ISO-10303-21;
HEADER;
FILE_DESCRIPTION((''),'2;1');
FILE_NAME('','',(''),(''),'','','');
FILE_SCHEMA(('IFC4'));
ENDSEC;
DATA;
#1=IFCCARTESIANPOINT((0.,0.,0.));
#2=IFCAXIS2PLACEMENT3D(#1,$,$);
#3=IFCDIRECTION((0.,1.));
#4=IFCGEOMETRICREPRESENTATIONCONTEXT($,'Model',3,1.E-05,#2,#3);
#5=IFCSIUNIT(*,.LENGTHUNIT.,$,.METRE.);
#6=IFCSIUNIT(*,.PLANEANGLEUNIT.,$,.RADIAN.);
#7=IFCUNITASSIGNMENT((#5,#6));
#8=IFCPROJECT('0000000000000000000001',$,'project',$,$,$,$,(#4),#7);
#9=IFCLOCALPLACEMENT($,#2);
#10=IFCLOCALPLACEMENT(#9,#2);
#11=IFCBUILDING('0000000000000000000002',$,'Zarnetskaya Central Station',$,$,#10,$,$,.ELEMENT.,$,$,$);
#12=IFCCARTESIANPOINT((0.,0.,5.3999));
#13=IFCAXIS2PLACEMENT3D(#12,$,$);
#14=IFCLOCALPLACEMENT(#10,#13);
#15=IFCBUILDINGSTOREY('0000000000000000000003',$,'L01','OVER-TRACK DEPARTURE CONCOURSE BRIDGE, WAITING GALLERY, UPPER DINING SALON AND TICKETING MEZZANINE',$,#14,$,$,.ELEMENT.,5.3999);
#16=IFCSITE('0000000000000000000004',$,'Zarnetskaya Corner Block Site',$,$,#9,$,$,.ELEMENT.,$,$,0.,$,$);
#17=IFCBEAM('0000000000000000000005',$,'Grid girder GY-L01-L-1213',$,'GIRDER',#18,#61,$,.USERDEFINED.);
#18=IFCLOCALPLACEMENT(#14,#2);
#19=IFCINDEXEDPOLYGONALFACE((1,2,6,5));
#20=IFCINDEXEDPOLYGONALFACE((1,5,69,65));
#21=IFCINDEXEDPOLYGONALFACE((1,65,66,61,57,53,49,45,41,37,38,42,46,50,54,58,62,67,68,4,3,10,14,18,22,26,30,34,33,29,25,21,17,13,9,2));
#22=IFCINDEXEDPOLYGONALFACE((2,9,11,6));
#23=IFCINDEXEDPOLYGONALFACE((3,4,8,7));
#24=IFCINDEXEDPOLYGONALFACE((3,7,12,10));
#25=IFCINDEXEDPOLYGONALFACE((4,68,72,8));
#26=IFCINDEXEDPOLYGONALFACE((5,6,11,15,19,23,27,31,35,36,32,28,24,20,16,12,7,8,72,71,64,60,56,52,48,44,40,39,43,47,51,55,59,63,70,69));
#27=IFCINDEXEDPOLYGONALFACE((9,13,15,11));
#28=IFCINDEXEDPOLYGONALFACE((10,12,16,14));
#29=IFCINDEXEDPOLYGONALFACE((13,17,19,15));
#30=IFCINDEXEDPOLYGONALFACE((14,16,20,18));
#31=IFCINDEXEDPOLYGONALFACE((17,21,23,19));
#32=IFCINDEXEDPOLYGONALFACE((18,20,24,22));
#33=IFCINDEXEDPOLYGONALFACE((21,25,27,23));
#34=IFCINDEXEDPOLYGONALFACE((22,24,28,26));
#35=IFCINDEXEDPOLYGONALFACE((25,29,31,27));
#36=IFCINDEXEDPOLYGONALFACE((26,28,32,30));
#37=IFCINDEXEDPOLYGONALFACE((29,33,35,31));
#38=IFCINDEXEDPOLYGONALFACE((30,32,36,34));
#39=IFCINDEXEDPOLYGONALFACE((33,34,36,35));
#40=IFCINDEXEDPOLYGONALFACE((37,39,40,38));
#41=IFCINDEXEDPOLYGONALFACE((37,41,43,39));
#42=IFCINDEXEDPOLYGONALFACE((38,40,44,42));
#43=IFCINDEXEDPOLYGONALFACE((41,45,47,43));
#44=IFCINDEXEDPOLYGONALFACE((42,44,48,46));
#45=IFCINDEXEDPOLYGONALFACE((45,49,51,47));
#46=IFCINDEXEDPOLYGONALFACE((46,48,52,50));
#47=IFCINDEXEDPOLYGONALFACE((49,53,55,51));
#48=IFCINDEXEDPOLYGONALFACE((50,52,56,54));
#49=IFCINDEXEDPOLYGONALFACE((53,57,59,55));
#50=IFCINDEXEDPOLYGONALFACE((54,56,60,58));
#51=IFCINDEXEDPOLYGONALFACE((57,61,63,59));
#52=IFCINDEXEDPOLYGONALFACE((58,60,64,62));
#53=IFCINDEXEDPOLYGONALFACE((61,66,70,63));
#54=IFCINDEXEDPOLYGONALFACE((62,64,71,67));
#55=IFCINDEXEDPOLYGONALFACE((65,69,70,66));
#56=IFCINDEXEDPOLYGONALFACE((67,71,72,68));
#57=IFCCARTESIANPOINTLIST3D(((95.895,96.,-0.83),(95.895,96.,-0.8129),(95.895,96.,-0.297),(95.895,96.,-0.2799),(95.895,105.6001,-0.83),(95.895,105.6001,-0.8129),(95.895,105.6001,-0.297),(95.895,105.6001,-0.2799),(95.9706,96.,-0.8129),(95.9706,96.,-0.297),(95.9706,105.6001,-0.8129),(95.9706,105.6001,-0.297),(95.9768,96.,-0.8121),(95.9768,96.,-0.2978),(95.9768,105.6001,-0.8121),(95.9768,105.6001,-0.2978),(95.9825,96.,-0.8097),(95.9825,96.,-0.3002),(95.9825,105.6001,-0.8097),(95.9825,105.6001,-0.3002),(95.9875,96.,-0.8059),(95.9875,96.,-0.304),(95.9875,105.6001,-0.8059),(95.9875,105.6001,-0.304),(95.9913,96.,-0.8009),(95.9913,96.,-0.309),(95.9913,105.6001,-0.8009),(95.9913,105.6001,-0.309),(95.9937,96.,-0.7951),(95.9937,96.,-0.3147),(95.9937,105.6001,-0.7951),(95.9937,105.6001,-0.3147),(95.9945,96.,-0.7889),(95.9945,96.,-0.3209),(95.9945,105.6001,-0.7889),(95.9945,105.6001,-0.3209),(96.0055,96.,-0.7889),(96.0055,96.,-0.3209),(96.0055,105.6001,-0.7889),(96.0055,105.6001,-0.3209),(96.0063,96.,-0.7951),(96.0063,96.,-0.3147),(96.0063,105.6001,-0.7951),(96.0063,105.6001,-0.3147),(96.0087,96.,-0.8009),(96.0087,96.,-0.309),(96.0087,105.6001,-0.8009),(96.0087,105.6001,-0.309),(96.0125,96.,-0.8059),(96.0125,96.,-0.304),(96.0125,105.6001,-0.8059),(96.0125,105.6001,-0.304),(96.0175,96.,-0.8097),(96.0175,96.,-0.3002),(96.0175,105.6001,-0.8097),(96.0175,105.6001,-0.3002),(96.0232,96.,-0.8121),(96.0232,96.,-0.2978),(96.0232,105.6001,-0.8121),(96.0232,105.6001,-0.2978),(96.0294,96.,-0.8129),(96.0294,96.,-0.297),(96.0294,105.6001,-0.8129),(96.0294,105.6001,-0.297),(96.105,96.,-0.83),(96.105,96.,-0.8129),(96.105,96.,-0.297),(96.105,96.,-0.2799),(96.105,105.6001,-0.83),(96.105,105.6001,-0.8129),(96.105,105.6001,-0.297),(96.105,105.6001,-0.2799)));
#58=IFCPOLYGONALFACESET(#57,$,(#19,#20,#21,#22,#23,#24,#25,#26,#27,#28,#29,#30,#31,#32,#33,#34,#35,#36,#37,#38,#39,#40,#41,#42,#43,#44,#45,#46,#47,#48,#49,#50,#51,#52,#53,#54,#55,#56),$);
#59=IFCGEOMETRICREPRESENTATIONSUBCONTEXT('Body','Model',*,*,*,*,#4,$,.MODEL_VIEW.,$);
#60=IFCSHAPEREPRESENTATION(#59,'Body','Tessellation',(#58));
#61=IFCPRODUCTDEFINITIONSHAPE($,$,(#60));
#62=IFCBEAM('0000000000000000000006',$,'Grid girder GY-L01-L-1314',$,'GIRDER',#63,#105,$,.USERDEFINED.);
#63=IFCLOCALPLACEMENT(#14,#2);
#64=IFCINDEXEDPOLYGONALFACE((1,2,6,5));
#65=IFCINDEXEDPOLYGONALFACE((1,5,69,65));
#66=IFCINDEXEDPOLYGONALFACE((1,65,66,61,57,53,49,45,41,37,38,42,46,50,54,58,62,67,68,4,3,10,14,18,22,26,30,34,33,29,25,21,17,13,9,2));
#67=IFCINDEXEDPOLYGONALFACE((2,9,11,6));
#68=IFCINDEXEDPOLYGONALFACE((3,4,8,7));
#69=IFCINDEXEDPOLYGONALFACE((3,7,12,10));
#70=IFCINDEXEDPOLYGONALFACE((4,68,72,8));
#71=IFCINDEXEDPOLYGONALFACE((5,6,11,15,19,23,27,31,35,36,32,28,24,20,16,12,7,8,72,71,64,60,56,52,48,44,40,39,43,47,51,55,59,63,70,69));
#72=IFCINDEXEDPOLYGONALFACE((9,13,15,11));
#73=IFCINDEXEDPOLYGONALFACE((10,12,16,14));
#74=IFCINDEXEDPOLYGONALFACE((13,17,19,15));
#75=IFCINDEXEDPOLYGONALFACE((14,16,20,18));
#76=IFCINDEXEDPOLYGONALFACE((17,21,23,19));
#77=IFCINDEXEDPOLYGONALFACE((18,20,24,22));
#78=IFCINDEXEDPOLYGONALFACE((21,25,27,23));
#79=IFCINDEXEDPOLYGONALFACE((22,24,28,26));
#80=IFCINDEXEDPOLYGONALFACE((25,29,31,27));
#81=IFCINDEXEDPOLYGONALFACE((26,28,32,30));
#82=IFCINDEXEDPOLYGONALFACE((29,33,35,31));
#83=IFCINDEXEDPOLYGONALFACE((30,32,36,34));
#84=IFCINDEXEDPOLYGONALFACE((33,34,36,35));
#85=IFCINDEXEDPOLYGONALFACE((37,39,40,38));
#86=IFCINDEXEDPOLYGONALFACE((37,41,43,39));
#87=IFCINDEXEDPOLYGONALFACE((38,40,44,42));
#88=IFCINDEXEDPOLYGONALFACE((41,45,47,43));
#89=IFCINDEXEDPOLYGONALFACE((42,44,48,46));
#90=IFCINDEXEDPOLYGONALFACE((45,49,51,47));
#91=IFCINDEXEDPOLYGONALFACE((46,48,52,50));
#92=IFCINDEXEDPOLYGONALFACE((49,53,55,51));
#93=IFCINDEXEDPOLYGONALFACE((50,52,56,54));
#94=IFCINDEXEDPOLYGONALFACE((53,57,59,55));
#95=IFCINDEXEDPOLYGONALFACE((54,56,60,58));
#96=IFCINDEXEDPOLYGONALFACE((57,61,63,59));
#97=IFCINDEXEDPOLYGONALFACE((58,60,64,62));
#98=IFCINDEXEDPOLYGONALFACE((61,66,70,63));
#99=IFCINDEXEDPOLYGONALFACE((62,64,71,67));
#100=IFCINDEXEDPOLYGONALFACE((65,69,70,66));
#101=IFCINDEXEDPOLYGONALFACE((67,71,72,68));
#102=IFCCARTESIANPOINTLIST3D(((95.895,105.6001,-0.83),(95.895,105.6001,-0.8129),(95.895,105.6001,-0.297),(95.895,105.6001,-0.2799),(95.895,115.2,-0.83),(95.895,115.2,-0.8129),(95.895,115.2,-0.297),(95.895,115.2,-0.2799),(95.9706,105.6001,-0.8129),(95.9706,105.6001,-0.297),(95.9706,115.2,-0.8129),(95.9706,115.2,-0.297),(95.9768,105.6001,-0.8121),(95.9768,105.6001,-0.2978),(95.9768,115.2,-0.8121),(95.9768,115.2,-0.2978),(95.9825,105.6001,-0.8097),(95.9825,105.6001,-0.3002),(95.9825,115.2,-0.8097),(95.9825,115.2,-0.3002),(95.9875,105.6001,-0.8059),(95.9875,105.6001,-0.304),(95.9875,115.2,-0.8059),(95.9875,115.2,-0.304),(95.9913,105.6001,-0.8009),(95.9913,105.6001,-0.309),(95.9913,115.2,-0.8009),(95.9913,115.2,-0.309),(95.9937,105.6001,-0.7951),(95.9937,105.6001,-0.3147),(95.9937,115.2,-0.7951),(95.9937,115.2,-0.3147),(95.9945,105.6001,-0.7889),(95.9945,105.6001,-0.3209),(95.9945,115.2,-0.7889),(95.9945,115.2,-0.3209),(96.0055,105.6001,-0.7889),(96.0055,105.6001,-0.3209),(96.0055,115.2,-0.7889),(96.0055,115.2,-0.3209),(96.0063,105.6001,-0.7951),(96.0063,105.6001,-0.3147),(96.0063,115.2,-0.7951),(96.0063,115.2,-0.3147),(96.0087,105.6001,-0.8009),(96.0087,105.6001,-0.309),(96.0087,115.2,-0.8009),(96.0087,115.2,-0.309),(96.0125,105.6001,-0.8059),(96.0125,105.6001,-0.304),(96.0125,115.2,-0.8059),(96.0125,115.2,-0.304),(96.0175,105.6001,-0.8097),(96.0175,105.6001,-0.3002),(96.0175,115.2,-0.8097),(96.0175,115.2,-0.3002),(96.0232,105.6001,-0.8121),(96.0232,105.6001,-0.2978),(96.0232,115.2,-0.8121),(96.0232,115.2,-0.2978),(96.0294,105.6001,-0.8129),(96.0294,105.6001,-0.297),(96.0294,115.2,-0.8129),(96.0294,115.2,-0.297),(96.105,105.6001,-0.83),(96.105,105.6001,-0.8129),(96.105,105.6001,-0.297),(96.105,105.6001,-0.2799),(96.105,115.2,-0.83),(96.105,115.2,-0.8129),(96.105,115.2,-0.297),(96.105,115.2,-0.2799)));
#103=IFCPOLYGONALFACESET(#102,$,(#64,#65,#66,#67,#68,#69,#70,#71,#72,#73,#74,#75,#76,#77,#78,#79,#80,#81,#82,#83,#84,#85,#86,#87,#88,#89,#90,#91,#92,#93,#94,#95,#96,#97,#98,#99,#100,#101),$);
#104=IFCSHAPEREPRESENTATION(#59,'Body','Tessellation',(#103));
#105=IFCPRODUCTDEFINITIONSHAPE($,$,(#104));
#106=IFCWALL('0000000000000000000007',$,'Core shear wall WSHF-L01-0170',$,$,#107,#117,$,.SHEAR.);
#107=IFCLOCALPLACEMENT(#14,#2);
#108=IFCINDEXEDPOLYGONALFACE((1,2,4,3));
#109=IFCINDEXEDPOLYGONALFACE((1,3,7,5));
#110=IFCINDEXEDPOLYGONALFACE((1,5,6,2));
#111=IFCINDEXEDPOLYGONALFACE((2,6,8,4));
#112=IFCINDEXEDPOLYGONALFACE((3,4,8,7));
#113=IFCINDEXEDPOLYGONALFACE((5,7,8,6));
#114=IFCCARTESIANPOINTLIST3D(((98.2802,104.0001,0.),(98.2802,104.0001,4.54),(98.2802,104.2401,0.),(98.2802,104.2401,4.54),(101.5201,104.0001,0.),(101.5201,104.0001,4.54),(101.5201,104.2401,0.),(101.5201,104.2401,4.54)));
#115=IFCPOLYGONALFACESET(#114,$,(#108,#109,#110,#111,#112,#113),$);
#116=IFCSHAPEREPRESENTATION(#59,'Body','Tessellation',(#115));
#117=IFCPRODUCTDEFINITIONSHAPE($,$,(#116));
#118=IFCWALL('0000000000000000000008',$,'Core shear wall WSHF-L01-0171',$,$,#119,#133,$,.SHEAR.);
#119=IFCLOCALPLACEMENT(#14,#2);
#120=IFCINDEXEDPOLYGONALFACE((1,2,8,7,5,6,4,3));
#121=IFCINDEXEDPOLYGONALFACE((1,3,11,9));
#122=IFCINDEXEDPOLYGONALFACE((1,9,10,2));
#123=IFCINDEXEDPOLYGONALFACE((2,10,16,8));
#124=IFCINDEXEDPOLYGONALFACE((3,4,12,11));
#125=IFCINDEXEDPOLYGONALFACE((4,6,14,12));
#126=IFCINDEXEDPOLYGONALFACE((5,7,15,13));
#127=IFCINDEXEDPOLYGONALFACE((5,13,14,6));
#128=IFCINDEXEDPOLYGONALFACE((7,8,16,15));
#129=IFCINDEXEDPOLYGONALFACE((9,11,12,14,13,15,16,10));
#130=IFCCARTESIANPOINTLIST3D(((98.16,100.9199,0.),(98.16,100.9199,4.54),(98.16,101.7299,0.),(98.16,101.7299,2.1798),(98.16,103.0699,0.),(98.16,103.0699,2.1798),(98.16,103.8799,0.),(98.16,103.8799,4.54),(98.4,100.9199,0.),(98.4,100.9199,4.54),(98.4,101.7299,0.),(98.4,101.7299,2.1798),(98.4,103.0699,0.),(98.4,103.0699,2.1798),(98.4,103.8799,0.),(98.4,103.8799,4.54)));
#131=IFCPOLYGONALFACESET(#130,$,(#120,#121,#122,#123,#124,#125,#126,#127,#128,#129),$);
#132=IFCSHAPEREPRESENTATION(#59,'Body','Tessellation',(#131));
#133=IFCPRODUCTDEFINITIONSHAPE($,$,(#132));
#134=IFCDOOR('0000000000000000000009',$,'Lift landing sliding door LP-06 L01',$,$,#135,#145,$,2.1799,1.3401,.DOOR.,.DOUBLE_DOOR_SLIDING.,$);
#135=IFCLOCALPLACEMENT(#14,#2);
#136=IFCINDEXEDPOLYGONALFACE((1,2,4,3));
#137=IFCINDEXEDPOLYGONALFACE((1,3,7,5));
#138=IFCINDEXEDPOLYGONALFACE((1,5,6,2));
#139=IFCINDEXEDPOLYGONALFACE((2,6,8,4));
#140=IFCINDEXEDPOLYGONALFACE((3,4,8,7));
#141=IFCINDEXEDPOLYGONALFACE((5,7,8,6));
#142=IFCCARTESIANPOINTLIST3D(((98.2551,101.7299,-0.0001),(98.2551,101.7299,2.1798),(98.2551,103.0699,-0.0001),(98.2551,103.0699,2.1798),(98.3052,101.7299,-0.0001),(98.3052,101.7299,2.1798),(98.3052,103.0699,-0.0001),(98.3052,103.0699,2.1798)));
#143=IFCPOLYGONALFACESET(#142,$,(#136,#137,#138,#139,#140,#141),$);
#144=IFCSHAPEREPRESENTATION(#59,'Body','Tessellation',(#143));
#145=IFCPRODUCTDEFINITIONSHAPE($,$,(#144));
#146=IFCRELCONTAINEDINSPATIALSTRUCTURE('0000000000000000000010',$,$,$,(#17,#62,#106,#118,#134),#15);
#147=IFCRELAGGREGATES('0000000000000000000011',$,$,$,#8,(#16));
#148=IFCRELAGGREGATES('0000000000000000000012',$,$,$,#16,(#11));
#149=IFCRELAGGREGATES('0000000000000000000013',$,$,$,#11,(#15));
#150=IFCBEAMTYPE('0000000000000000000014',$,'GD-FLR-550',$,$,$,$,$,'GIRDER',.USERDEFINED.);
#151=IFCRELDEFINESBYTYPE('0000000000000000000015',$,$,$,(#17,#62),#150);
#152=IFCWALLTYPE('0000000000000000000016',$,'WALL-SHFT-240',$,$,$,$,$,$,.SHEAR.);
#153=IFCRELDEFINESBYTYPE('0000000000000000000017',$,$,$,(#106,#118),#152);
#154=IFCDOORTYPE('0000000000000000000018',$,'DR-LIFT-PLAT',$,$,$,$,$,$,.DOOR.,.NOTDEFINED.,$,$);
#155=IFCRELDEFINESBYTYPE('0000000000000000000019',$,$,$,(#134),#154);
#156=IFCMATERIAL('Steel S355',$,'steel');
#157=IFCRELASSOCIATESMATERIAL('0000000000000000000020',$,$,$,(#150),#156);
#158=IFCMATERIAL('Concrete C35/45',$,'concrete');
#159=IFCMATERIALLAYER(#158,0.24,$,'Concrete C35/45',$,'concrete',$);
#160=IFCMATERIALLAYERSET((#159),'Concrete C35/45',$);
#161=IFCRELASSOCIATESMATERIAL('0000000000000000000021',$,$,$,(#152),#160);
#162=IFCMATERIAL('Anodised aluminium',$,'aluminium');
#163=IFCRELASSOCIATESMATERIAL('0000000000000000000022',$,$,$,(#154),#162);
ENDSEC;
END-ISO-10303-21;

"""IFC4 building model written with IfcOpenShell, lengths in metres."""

from ifc_helpers import new_model, si_unit, direction, frame, frame_2d, origin, origin_2d, place, context, subcontext, project, spatial, rectangle, i_section, extrude, material, layer, layer_set, material_profile, profile_set, type_object, element, fill, save


model = new_model("IFC4")

# Units and contexts
model_context = context("Model", 3, precision=1e-05, world=origin(), true_north=direction((0.0, 1.0)))
body_context = subcontext(model_context, "Body", "Model", "MODEL_VIEW")
ifc_project = project(units=[si_unit("LENGTHUNIT", "METRE"), si_unit("PLANEANGLEUNIT", "RADIAN")], contexts=[model_context])

# Site, building, storey
site_placement = place(None, origin())
site = spatial("IfcSite", under=ifc_project, at=site_placement, Name="Zarnetskaya Corner Block Site", CompositionType="ELEMENT", RefElevation=0.0)
building_placement = place(site_placement, origin())
building = spatial("IfcBuilding", under=site, at=building_placement, Name="Zarnetskaya Central Station", CompositionType="ELEMENT")
storey_placement = place(building_placement, frame((0.0, 0.0, 5.3999)))
storey = spatial("IfcBuildingStorey", under=building, at=storey_placement, Name="L01", Description="OVER-TRACK DEPARTURE CONCOURSE BRIDGE, WAITING GALLERY, UPPER DINING SALON AND TICKETING MEZZANINE", CompositionType="ELEMENT", Elevation=5.3999)

# Shared definitions
ifc_material_1 = material(Name="Steel S355", Category="steel")

# Beams
ifc_material_profile_1 = material_profile(ifc_material_1, i_section(OverallWidth=0.21, OverallDepth=0.55, WebThickness=0.011, FlangeThickness=0.0171, FilletRadius=0.0239, at=origin_2d()), Name="IPE 550")
ifc_profile_set_1 = profile_set([ifc_material_profile_1], Name="Steel S355")
beam_type_1 = type_object("IfcBeamType", Name="GD-FLR-550", ElementType="GIRDER", PredefinedType="USERDEFINED", material=ifc_profile_set_1)
for number, where, z_axis, x_axis, name in (
    (1, (96.0, 96.0, -0.5549), (0.0, 1.0, 0.0), (-1.0, 0.0, 0.0), "Grid girder GY-L01-L-1213"),
):
    element("IfcBeam", number, at=place(storey_placement, frame(where, z_axis=z_axis, x_axis=x_axis)), inside=storey, type_object=beam_type_1, Name=name, ObjectType="GIRDER", PredefinedType="USERDEFINED", context=body_context, shape_type="SweptSolid", body=[
        extrude(i_section(OverallWidth=0.21, OverallDepth=0.55, WebThickness=0.011, FlangeThickness=0.0171, FilletRadius=0.0239, at=origin_2d()), origin(), (0.0, 0.0, 1.0), 9.6001),
    ])
beam_1_placement = place(storey_placement, frame((96.0, 105.6001, -0.5549), z_axis=(0.0, 1.0, 0.0), x_axis=(-1.0, 0.0, 0.0)))
element("IfcBeam", 2, at=beam_1_placement, inside=storey, type_object=beam_type_1, Name="Grid girder GY-L01-L-1314", ObjectType="GIRDER", PredefinedType="USERDEFINED", context=body_context, shape_type="SweptSolid", body=[
    extrude(i_section(OverallWidth=0.21, OverallDepth=0.55, WebThickness=0.011, FlangeThickness=0.0171, FilletRadius=0.0239, at=origin_2d()), origin(), (0.0, 0.0, 1.0), 9.5999),
])

# Wall
ifc_material_2 = material(Name="Concrete C35/45", Category="concrete")
ifc_layer = layer(ifc_material_2, 0.24, Name="Concrete C35/45", Category="concrete")
ifc_layer_set = layer_set([ifc_layer], Name="Concrete C35/45")
wall_type = type_object("IfcWallType", Name="WALL-SHFT-240", PredefinedType="SHEAR", material=ifc_layer_set)
wall_1_placement = place(storey_placement, frame((98.28, 104.1201, 0.0), z_axis=(0.0, 0.0, 1.0), x_axis=(1.0, 0.0, 0.0)))
element("IfcWall", 3, at=wall_1_placement, inside=storey, type_object=wall_type, Name="Core shear wall WSHF-L01-0170", PredefinedType="SHEAR", context=body_context, shape_type="SweptSolid", body=[
    extrude(rectangle(XDim=3.24, YDim=0.24, at=frame_2d((1.6201, 0.0))), origin(), (0.0, 0.0, 1.0), 4.54),
])

# Wall, opening, door
wall_2_placement = place(storey_placement, frame((98.28, 100.9199, 0.0), z_axis=(0.0, 0.0, 1.0), x_axis=(0.0, 1.0, 0.0)))
wall_2 = element("IfcWall", 4, at=wall_2_placement, inside=storey, type_object=wall_type, Name="Core shear wall WSHF-L01-0171", PredefinedType="SHEAR", context=body_context, shape_type="SweptSolid", body=[
    extrude(rectangle(XDim=2.96, YDim=0.24, at=frame_2d((1.48, 0.0))), origin(), (0.0, 0.0, 1.0), 4.54),
])
opening_placement = place(wall_2_placement, frame((0.8101, 0.0, 0.0)))
opening = element("IfcOpeningElement", 5, at=opening_placement, cuts=wall_2, PredefinedType="OPENING", context=body_context, shape_type="SweptSolid", body=[
    extrude(rectangle(XDim=1.3401, YDim=2.1799, at=frame_2d((0.6699, 1.0898))), frame((0.0, 0.1299, 0.0), z_axis=(0.0, -1.0, 0.0), x_axis=(1.0, 0.0, 0.0)), (0.0, 0.0, 1.0), 0.26),
])
ifc_material_3 = material(Name="Anodised aluminium", Category="aluminium")
door_type = type_object("IfcDoorType", Name="DR-LIFT-PLAT", OperationType="NOTDEFINED", PredefinedType="DOOR", material=ifc_material_3)
door_placement = place(opening_placement, origin())
door = element("IfcDoor", 6, at=door_placement, inside=storey, type_object=door_type, Name="Lift landing sliding door LP-06 L01", OperationType="DOUBLE_DOOR_SLIDING", OverallHeight=2.1799, OverallWidth=1.3401, PredefinedType="DOOR", context=body_context, shape_type="SweptSolid", body=[
    extrude(rectangle(XDim=1.3401, YDim=2.1799, at=frame_2d((0.6699, 1.0898))), frame((0.0, 0.0249, 0.0), z_axis=(0.0, -1.0, 0.0), x_axis=(1.0, 0.0, 0.0)), (0.0, 0.0, 1.0), 0.05),
])
fill(opening, door)

save(model, "model.ifc")
